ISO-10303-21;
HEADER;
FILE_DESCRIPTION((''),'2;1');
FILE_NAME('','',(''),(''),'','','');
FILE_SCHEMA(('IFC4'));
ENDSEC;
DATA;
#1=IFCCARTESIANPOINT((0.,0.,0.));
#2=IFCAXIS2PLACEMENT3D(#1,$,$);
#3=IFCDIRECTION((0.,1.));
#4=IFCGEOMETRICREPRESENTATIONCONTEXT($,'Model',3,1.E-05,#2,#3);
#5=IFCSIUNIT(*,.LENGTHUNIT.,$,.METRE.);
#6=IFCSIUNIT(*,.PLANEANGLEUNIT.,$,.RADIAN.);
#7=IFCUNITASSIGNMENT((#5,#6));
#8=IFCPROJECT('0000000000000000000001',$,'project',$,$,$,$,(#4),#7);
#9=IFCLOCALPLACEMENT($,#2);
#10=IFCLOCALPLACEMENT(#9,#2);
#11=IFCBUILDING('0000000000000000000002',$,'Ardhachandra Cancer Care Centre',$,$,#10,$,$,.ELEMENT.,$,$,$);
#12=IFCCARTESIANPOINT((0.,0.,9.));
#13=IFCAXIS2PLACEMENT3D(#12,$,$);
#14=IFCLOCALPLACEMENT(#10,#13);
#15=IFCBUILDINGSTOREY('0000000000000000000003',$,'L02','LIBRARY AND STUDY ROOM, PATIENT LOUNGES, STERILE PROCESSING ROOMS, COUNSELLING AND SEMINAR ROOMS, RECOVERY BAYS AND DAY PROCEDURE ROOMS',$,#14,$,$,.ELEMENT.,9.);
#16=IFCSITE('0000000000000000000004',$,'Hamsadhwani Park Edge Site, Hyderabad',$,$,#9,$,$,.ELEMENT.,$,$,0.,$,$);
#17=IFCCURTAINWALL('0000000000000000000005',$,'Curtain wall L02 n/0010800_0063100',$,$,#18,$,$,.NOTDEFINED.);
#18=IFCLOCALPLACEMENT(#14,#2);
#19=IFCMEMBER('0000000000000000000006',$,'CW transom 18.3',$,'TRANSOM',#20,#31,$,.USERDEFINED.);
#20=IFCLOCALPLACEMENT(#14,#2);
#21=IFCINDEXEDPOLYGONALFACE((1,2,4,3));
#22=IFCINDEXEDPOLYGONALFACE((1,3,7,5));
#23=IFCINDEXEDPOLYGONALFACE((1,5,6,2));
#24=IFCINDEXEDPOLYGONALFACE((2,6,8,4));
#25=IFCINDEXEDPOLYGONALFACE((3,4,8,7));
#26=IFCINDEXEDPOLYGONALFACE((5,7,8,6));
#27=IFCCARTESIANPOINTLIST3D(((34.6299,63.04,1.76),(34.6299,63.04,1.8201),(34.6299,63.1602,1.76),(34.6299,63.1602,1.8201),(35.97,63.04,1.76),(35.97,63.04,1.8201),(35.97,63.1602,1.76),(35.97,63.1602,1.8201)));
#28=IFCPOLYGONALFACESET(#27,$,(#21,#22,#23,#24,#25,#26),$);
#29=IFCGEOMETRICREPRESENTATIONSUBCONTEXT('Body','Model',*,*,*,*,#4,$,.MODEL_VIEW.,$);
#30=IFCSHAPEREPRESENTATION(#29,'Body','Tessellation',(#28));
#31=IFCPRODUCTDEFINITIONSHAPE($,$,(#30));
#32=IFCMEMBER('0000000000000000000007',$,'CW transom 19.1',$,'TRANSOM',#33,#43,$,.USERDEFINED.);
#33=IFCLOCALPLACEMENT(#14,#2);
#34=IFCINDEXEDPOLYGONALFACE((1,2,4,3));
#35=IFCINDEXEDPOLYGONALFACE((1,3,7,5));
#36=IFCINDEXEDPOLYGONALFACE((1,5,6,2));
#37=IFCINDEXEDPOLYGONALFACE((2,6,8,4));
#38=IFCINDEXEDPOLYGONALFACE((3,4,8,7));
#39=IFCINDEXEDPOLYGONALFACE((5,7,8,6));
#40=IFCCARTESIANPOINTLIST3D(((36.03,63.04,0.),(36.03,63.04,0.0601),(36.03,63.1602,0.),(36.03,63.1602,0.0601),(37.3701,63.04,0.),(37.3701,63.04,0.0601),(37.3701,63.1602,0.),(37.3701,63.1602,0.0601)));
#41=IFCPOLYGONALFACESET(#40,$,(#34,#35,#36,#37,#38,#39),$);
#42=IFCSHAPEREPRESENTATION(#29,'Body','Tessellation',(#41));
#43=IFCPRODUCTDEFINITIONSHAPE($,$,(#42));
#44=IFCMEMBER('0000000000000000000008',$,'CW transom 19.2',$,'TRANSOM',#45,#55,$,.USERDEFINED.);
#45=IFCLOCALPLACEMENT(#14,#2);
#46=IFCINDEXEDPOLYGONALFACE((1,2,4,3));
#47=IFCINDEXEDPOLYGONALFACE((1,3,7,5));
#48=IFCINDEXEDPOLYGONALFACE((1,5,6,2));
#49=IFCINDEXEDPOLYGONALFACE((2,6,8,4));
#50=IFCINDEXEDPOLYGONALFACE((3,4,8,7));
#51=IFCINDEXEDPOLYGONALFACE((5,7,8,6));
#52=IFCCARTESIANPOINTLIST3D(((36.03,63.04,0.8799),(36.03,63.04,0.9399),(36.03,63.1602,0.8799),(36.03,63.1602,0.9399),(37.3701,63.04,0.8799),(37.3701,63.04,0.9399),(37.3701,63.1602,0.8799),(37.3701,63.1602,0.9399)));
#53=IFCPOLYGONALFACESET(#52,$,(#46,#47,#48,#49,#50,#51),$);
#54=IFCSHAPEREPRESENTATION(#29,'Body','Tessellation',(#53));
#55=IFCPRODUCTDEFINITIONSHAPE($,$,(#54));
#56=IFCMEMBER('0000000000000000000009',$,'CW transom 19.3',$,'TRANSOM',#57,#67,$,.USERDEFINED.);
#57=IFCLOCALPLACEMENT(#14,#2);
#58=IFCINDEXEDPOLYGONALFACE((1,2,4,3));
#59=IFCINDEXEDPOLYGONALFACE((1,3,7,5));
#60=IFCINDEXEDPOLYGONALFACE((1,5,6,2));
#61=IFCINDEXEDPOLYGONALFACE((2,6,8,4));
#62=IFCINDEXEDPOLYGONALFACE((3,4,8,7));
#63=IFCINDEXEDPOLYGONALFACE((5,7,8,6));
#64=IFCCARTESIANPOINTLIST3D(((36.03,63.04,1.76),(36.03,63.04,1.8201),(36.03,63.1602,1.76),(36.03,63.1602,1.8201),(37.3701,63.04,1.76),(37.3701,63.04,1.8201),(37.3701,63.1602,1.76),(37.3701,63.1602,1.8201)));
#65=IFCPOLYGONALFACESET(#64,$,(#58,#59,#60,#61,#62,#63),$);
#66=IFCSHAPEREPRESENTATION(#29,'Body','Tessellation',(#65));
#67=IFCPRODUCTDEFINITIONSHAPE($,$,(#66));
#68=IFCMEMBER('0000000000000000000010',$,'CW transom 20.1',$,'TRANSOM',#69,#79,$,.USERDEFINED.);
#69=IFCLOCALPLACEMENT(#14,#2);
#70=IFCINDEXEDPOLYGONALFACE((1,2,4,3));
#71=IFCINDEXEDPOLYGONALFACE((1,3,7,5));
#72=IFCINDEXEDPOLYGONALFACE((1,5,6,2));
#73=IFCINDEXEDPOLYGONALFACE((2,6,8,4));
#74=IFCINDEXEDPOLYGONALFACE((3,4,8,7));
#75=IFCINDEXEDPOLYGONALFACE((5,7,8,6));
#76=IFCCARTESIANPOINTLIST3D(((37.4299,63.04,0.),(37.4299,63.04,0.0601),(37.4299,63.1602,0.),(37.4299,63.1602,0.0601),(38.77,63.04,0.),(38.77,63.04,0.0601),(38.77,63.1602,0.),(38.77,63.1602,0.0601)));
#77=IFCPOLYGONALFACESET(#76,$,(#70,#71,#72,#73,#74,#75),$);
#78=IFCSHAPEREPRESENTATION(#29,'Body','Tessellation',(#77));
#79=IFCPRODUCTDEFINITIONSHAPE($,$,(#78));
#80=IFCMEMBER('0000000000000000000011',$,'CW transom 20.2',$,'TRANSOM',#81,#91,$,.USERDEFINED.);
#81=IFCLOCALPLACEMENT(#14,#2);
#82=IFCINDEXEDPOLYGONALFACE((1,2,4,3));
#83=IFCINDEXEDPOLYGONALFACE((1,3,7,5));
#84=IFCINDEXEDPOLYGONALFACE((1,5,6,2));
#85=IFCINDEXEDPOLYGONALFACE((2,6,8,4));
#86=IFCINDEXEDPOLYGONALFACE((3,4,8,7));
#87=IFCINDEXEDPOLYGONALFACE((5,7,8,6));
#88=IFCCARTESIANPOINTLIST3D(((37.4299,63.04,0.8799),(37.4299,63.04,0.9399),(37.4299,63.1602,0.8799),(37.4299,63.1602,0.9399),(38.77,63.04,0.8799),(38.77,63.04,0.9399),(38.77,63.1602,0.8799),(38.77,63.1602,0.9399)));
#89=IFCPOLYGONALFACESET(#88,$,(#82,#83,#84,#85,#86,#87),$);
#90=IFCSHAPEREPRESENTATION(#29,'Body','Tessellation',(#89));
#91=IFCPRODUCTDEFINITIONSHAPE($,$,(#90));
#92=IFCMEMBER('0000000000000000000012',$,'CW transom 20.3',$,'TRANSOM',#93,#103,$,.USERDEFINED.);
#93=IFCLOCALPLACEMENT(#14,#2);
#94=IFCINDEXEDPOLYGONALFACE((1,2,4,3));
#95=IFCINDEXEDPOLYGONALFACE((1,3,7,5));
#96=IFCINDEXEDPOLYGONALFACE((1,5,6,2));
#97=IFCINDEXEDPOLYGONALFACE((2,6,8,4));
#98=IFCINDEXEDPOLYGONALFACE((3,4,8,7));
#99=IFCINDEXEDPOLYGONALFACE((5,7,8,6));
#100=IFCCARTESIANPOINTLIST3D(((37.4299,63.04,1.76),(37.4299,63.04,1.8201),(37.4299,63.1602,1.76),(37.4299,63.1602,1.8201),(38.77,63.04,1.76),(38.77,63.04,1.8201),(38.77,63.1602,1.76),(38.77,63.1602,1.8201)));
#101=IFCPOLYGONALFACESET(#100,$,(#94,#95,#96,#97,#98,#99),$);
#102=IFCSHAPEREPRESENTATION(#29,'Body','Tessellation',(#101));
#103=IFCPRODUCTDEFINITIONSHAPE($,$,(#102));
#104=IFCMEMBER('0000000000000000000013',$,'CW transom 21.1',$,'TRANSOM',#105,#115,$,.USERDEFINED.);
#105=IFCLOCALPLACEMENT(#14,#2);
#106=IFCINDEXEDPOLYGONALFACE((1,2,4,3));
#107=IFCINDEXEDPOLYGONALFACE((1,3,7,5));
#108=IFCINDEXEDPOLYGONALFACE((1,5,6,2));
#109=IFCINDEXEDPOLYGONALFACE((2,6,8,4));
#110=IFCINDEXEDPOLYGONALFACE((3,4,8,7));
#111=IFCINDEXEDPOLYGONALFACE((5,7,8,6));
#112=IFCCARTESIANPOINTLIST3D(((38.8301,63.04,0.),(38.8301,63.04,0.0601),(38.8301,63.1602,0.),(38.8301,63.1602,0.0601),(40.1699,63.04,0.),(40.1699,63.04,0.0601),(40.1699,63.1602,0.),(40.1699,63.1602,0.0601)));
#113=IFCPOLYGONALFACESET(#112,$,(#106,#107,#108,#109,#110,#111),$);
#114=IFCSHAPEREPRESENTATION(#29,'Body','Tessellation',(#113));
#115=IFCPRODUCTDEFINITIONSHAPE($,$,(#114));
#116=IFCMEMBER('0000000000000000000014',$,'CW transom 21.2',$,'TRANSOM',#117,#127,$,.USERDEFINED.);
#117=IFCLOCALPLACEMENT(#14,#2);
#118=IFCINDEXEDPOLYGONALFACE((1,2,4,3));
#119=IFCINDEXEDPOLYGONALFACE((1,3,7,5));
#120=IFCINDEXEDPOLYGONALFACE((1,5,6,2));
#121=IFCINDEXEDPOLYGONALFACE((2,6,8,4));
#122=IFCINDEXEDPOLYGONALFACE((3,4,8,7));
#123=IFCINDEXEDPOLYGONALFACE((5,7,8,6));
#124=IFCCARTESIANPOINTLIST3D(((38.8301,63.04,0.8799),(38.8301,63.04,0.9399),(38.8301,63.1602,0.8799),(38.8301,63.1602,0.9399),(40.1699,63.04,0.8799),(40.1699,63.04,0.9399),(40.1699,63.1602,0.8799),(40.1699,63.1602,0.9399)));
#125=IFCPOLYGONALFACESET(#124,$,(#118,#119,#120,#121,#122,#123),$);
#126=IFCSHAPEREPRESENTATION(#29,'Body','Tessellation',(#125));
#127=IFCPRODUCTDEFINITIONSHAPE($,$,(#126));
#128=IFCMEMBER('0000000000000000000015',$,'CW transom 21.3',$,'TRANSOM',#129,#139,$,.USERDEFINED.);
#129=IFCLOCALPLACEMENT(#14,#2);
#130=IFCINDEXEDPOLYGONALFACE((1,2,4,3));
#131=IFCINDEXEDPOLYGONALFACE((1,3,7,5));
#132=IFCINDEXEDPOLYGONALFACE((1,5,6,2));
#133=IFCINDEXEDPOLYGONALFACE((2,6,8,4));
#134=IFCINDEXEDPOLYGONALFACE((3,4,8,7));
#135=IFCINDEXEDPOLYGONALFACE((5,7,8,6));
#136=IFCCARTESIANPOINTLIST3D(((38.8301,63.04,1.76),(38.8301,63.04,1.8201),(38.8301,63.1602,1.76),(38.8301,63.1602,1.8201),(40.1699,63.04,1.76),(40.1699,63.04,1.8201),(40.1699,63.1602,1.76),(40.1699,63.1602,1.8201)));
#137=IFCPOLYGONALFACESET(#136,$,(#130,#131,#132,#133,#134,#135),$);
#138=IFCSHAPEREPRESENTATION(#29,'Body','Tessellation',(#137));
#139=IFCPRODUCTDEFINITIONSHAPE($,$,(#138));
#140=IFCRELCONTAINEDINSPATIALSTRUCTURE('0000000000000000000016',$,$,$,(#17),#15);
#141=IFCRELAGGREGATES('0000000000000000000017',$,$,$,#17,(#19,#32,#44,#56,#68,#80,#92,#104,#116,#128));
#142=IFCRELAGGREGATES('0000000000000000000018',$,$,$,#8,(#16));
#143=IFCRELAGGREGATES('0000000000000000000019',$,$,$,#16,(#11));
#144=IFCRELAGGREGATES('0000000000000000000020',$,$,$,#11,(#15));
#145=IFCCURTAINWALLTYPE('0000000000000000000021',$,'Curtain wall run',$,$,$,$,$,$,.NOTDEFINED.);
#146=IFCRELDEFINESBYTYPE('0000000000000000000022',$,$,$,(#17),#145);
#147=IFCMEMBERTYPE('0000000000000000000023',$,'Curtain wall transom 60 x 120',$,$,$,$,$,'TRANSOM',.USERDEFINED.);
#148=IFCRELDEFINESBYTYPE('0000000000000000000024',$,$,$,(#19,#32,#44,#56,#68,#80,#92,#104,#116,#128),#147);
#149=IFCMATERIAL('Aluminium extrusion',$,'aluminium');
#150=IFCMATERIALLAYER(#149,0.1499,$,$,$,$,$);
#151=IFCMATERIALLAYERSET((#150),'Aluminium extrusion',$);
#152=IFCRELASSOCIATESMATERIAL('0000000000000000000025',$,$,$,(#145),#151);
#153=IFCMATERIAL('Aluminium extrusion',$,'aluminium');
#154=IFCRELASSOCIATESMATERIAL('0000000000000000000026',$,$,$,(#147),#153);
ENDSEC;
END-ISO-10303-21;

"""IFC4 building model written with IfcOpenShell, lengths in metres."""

from ifc_helpers import new_model, si_unit, direction, frame, origin, origin_2d, place, context, subcontext, project, spatial, rectangle, extrude, material, layer, layer_set, material_profile, profile_set, type_object, element, aggregate, save


model = new_model("IFC4")

# Units and contexts
model_context = context("Model", 3, precision=1e-05, world=origin(), true_north=direction((0.0, 1.0)))
body_context = subcontext(model_context, "Body", "Model", "MODEL_VIEW")
ifc_project = project(units=[si_unit("LENGTHUNIT", "METRE"), si_unit("PLANEANGLEUNIT", "RADIAN")], contexts=[model_context])

# Site, building, storey
site_placement = place(None, origin())
site = spatial("IfcSite", under=ifc_project, at=site_placement, Name="Hamsadhwani Park Edge Site, Hyderabad", CompositionType="ELEMENT", RefElevation=0.0)
building_placement = place(site_placement, origin())
building = spatial("IfcBuilding", under=site, at=building_placement, Name="Ardhachandra Cancer Care Centre", CompositionType="ELEMENT")
storey_placement = place(building_placement, frame((0.0, 0.0, 9.0)))
storey = spatial("IfcBuildingStorey", under=building, at=storey_placement, Name="L02", Description="LIBRARY AND STUDY ROOM, PATIENT LOUNGES, STERILE PROCESSING ROOMS, COUNSELLING AND SEMINAR ROOMS, RECOVERY BAYS AND DAY PROCEDURE ROOMS", CompositionType="ELEMENT", Elevation=9.0)

# Curtain wall, members
ifc_material_1 = material(Name="Aluminium extrusion", Category="aluminium")
ifc_layer_1 = layer(ifc_material_1, 0.1499)
ifc_layer_set_1 = layer_set([ifc_layer_1], Name="Aluminium extrusion")
curtain_wall_type = type_object("IfcCurtainWallType", Name="Curtain wall run", PredefinedType="NOTDEFINED", material=ifc_layer_set_1)
curtain_wall_placement = place(storey_placement, origin())
curtain_wall = element("IfcCurtainWall", 1, at=curtain_wall_placement, inside=storey, type_object=curtain_wall_type, Name="Curtain wall L02 n/0010800_0063100", PredefinedType="NOTDEFINED")
ifc_material_2 = material(Name="Aluminium extrusion", Category="aluminium")
ifc_material_profile_1 = material_profile(ifc_material_2, rectangle(XDim=0.1201, YDim=0.0601, at=origin_2d()), Name="Curtain wall transom 60 x 120")
ifc_profile_set_1 = profile_set([ifc_material_profile_1], Name="Aluminium extrusion")
member_type_1 = type_object("IfcMemberType", Name="Curtain wall transom 60 x 120", ElementType="TRANSOM", PredefinedType="USERDEFINED", material=ifc_profile_set_1)
member_1_placement = place(storey_placement, frame((34.6299, 63.1001, 1.79), z_axis=(1.0, 0.0, 0.0), x_axis=(0.0, 1.0, 0.0)))
member_1 = element("IfcMember", 2, at=member_1_placement, type_object=member_type_1, Name="CW transom 18.3", ObjectType="TRANSOM", PredefinedType="USERDEFINED", context=body_context, shape_type="SweptSolid", body=[
    extrude(rectangle(XDim=0.1201, YDim=0.0601, at=origin_2d()), origin(), (0.0, 0.0, 1.0), 1.3401),
])
member_2_placement = place(storey_placement, frame((36.03, 63.1001, 0.03), z_axis=(1.0, 0.0, 0.0), x_axis=(0.0, 1.0, 0.0)))
member_2 = element("IfcMember", 3, at=member_2_placement, type_object=member_type_1, Name="CW transom 19.1", ObjectType="TRANSOM", PredefinedType="USERDEFINED", context=body_context, shape_type="SweptSolid", body=[
    extrude(rectangle(XDim=0.1201, YDim=0.0601, at=origin_2d()), origin(), (0.0, 0.0, 1.0), 1.3401),
])
member_3_placement = place(storey_placement, frame((36.03, 63.1001, 0.9099), z_axis=(1.0, 0.0, 0.0), x_axis=(0.0, 1.0, 0.0)))
member_3 = element("IfcMember", 4, at=member_3_placement, type_object=member_type_1, Name="CW transom 19.2", ObjectType="TRANSOM", PredefinedType="USERDEFINED", context=body_context, shape_type="SweptSolid", body=[
    extrude(rectangle(XDim=0.1201, YDim=0.0601, at=origin_2d()), origin(), (0.0, 0.0, 1.0), 1.3401),
])
member_4_placement = place(storey_placement, frame((36.03, 63.1001, 1.79), z_axis=(1.0, 0.0, 0.0), x_axis=(0.0, 1.0, 0.0)))
member_4 = element("IfcMember", 5, at=member_4_placement, type_object=member_type_1, Name="CW transom 19.3", ObjectType="TRANSOM", PredefinedType="USERDEFINED", context=body_context, shape_type="SweptSolid", body=[
    extrude(rectangle(XDim=0.1201, YDim=0.0601, at=origin_2d()), origin(), (0.0, 0.0, 1.0), 1.3401),
])
member_5_placement = place(storey_placement, frame((37.4299, 63.1001, 0.03), z_axis=(1.0, 0.0, 0.0), x_axis=(0.0, 1.0, 0.0)))
member_5 = element("IfcMember", 6, at=member_5_placement, type_object=member_type_1, Name="CW transom 20.1", ObjectType="TRANSOM", PredefinedType="USERDEFINED", context=body_context, shape_type="SweptSolid", body=[
    extrude(rectangle(XDim=0.1201, YDim=0.0601, at=origin_2d()), origin(), (0.0, 0.0, 1.0), 1.3401),
])
member_6_placement = place(storey_placement, frame((37.4299, 63.1001, 0.9099), z_axis=(1.0, 0.0, 0.0), x_axis=(0.0, 1.0, 0.0)))
member_6 = element("IfcMember", 7, at=member_6_placement, type_object=member_type_1, Name="CW transom 20.2", ObjectType="TRANSOM", PredefinedType="USERDEFINED", context=body_context, shape_type="SweptSolid", body=[
    extrude(rectangle(XDim=0.1201, YDim=0.0601, at=origin_2d()), origin(), (0.0, 0.0, 1.0), 1.3401),
])
member_7_placement = place(storey_placement, frame((37.4299, 63.1001, 1.79), z_axis=(1.0, 0.0, 0.0), x_axis=(0.0, 1.0, 0.0)))
member_7 = element("IfcMember", 8, at=member_7_placement, type_object=member_type_1, Name="CW transom 20.3", ObjectType="TRANSOM", PredefinedType="USERDEFINED", context=body_context, shape_type="SweptSolid", body=[
    extrude(rectangle(XDim=0.1201, YDim=0.0601, at=origin_2d()), origin(), (0.0, 0.0, 1.0), 1.3401),
])
member_8_placement = place(storey_placement, frame((38.8301, 63.1001, 0.03), z_axis=(1.0, 0.0, 0.0), x_axis=(0.0, 1.0, 0.0)))
member_8 = element("IfcMember", 9, at=member_8_placement, type_object=member_type_1, Name="CW transom 21.1", ObjectType="TRANSOM", PredefinedType="USERDEFINED", context=body_context, shape_type="SweptSolid", body=[
    extrude(rectangle(XDim=0.1201, YDim=0.0601, at=origin_2d()), origin(), (0.0, 0.0, 1.0), 1.3398),
])
member_9_placement = place(storey_placement, frame((38.8301, 63.1001, 0.9099), z_axis=(1.0, 0.0, 0.0), x_axis=(0.0, 1.0, 0.0)))
member_9 = element("IfcMember", 10, at=member_9_placement, type_object=member_type_1, Name="CW transom 21.2", ObjectType="TRANSOM", PredefinedType="USERDEFINED", context=body_context, shape_type="SweptSolid", body=[
    extrude(rectangle(XDim=0.1201, YDim=0.0601, at=origin_2d()), origin(), (0.0, 0.0, 1.0), 1.3398),
])
member_10_placement = place(storey_placement, frame((38.8301, 63.1001, 1.79), z_axis=(1.0, 0.0, 0.0), x_axis=(0.0, 1.0, 0.0)))
member_10 = element("IfcMember", 11, at=member_10_placement, type_object=member_type_1, Name="CW transom 21.3", ObjectType="TRANSOM", PredefinedType="USERDEFINED", context=body_context, shape_type="SweptSolid", body=[
    extrude(rectangle(XDim=0.1201, YDim=0.0601, at=origin_2d()), origin(), (0.0, 0.0, 1.0), 1.3398),
])

aggregate(curtain_wall, [member_1, member_2, member_3, member_4, member_5, member_6, member_7, member_8, member_9, member_10])

save(model, "model.ifc")
